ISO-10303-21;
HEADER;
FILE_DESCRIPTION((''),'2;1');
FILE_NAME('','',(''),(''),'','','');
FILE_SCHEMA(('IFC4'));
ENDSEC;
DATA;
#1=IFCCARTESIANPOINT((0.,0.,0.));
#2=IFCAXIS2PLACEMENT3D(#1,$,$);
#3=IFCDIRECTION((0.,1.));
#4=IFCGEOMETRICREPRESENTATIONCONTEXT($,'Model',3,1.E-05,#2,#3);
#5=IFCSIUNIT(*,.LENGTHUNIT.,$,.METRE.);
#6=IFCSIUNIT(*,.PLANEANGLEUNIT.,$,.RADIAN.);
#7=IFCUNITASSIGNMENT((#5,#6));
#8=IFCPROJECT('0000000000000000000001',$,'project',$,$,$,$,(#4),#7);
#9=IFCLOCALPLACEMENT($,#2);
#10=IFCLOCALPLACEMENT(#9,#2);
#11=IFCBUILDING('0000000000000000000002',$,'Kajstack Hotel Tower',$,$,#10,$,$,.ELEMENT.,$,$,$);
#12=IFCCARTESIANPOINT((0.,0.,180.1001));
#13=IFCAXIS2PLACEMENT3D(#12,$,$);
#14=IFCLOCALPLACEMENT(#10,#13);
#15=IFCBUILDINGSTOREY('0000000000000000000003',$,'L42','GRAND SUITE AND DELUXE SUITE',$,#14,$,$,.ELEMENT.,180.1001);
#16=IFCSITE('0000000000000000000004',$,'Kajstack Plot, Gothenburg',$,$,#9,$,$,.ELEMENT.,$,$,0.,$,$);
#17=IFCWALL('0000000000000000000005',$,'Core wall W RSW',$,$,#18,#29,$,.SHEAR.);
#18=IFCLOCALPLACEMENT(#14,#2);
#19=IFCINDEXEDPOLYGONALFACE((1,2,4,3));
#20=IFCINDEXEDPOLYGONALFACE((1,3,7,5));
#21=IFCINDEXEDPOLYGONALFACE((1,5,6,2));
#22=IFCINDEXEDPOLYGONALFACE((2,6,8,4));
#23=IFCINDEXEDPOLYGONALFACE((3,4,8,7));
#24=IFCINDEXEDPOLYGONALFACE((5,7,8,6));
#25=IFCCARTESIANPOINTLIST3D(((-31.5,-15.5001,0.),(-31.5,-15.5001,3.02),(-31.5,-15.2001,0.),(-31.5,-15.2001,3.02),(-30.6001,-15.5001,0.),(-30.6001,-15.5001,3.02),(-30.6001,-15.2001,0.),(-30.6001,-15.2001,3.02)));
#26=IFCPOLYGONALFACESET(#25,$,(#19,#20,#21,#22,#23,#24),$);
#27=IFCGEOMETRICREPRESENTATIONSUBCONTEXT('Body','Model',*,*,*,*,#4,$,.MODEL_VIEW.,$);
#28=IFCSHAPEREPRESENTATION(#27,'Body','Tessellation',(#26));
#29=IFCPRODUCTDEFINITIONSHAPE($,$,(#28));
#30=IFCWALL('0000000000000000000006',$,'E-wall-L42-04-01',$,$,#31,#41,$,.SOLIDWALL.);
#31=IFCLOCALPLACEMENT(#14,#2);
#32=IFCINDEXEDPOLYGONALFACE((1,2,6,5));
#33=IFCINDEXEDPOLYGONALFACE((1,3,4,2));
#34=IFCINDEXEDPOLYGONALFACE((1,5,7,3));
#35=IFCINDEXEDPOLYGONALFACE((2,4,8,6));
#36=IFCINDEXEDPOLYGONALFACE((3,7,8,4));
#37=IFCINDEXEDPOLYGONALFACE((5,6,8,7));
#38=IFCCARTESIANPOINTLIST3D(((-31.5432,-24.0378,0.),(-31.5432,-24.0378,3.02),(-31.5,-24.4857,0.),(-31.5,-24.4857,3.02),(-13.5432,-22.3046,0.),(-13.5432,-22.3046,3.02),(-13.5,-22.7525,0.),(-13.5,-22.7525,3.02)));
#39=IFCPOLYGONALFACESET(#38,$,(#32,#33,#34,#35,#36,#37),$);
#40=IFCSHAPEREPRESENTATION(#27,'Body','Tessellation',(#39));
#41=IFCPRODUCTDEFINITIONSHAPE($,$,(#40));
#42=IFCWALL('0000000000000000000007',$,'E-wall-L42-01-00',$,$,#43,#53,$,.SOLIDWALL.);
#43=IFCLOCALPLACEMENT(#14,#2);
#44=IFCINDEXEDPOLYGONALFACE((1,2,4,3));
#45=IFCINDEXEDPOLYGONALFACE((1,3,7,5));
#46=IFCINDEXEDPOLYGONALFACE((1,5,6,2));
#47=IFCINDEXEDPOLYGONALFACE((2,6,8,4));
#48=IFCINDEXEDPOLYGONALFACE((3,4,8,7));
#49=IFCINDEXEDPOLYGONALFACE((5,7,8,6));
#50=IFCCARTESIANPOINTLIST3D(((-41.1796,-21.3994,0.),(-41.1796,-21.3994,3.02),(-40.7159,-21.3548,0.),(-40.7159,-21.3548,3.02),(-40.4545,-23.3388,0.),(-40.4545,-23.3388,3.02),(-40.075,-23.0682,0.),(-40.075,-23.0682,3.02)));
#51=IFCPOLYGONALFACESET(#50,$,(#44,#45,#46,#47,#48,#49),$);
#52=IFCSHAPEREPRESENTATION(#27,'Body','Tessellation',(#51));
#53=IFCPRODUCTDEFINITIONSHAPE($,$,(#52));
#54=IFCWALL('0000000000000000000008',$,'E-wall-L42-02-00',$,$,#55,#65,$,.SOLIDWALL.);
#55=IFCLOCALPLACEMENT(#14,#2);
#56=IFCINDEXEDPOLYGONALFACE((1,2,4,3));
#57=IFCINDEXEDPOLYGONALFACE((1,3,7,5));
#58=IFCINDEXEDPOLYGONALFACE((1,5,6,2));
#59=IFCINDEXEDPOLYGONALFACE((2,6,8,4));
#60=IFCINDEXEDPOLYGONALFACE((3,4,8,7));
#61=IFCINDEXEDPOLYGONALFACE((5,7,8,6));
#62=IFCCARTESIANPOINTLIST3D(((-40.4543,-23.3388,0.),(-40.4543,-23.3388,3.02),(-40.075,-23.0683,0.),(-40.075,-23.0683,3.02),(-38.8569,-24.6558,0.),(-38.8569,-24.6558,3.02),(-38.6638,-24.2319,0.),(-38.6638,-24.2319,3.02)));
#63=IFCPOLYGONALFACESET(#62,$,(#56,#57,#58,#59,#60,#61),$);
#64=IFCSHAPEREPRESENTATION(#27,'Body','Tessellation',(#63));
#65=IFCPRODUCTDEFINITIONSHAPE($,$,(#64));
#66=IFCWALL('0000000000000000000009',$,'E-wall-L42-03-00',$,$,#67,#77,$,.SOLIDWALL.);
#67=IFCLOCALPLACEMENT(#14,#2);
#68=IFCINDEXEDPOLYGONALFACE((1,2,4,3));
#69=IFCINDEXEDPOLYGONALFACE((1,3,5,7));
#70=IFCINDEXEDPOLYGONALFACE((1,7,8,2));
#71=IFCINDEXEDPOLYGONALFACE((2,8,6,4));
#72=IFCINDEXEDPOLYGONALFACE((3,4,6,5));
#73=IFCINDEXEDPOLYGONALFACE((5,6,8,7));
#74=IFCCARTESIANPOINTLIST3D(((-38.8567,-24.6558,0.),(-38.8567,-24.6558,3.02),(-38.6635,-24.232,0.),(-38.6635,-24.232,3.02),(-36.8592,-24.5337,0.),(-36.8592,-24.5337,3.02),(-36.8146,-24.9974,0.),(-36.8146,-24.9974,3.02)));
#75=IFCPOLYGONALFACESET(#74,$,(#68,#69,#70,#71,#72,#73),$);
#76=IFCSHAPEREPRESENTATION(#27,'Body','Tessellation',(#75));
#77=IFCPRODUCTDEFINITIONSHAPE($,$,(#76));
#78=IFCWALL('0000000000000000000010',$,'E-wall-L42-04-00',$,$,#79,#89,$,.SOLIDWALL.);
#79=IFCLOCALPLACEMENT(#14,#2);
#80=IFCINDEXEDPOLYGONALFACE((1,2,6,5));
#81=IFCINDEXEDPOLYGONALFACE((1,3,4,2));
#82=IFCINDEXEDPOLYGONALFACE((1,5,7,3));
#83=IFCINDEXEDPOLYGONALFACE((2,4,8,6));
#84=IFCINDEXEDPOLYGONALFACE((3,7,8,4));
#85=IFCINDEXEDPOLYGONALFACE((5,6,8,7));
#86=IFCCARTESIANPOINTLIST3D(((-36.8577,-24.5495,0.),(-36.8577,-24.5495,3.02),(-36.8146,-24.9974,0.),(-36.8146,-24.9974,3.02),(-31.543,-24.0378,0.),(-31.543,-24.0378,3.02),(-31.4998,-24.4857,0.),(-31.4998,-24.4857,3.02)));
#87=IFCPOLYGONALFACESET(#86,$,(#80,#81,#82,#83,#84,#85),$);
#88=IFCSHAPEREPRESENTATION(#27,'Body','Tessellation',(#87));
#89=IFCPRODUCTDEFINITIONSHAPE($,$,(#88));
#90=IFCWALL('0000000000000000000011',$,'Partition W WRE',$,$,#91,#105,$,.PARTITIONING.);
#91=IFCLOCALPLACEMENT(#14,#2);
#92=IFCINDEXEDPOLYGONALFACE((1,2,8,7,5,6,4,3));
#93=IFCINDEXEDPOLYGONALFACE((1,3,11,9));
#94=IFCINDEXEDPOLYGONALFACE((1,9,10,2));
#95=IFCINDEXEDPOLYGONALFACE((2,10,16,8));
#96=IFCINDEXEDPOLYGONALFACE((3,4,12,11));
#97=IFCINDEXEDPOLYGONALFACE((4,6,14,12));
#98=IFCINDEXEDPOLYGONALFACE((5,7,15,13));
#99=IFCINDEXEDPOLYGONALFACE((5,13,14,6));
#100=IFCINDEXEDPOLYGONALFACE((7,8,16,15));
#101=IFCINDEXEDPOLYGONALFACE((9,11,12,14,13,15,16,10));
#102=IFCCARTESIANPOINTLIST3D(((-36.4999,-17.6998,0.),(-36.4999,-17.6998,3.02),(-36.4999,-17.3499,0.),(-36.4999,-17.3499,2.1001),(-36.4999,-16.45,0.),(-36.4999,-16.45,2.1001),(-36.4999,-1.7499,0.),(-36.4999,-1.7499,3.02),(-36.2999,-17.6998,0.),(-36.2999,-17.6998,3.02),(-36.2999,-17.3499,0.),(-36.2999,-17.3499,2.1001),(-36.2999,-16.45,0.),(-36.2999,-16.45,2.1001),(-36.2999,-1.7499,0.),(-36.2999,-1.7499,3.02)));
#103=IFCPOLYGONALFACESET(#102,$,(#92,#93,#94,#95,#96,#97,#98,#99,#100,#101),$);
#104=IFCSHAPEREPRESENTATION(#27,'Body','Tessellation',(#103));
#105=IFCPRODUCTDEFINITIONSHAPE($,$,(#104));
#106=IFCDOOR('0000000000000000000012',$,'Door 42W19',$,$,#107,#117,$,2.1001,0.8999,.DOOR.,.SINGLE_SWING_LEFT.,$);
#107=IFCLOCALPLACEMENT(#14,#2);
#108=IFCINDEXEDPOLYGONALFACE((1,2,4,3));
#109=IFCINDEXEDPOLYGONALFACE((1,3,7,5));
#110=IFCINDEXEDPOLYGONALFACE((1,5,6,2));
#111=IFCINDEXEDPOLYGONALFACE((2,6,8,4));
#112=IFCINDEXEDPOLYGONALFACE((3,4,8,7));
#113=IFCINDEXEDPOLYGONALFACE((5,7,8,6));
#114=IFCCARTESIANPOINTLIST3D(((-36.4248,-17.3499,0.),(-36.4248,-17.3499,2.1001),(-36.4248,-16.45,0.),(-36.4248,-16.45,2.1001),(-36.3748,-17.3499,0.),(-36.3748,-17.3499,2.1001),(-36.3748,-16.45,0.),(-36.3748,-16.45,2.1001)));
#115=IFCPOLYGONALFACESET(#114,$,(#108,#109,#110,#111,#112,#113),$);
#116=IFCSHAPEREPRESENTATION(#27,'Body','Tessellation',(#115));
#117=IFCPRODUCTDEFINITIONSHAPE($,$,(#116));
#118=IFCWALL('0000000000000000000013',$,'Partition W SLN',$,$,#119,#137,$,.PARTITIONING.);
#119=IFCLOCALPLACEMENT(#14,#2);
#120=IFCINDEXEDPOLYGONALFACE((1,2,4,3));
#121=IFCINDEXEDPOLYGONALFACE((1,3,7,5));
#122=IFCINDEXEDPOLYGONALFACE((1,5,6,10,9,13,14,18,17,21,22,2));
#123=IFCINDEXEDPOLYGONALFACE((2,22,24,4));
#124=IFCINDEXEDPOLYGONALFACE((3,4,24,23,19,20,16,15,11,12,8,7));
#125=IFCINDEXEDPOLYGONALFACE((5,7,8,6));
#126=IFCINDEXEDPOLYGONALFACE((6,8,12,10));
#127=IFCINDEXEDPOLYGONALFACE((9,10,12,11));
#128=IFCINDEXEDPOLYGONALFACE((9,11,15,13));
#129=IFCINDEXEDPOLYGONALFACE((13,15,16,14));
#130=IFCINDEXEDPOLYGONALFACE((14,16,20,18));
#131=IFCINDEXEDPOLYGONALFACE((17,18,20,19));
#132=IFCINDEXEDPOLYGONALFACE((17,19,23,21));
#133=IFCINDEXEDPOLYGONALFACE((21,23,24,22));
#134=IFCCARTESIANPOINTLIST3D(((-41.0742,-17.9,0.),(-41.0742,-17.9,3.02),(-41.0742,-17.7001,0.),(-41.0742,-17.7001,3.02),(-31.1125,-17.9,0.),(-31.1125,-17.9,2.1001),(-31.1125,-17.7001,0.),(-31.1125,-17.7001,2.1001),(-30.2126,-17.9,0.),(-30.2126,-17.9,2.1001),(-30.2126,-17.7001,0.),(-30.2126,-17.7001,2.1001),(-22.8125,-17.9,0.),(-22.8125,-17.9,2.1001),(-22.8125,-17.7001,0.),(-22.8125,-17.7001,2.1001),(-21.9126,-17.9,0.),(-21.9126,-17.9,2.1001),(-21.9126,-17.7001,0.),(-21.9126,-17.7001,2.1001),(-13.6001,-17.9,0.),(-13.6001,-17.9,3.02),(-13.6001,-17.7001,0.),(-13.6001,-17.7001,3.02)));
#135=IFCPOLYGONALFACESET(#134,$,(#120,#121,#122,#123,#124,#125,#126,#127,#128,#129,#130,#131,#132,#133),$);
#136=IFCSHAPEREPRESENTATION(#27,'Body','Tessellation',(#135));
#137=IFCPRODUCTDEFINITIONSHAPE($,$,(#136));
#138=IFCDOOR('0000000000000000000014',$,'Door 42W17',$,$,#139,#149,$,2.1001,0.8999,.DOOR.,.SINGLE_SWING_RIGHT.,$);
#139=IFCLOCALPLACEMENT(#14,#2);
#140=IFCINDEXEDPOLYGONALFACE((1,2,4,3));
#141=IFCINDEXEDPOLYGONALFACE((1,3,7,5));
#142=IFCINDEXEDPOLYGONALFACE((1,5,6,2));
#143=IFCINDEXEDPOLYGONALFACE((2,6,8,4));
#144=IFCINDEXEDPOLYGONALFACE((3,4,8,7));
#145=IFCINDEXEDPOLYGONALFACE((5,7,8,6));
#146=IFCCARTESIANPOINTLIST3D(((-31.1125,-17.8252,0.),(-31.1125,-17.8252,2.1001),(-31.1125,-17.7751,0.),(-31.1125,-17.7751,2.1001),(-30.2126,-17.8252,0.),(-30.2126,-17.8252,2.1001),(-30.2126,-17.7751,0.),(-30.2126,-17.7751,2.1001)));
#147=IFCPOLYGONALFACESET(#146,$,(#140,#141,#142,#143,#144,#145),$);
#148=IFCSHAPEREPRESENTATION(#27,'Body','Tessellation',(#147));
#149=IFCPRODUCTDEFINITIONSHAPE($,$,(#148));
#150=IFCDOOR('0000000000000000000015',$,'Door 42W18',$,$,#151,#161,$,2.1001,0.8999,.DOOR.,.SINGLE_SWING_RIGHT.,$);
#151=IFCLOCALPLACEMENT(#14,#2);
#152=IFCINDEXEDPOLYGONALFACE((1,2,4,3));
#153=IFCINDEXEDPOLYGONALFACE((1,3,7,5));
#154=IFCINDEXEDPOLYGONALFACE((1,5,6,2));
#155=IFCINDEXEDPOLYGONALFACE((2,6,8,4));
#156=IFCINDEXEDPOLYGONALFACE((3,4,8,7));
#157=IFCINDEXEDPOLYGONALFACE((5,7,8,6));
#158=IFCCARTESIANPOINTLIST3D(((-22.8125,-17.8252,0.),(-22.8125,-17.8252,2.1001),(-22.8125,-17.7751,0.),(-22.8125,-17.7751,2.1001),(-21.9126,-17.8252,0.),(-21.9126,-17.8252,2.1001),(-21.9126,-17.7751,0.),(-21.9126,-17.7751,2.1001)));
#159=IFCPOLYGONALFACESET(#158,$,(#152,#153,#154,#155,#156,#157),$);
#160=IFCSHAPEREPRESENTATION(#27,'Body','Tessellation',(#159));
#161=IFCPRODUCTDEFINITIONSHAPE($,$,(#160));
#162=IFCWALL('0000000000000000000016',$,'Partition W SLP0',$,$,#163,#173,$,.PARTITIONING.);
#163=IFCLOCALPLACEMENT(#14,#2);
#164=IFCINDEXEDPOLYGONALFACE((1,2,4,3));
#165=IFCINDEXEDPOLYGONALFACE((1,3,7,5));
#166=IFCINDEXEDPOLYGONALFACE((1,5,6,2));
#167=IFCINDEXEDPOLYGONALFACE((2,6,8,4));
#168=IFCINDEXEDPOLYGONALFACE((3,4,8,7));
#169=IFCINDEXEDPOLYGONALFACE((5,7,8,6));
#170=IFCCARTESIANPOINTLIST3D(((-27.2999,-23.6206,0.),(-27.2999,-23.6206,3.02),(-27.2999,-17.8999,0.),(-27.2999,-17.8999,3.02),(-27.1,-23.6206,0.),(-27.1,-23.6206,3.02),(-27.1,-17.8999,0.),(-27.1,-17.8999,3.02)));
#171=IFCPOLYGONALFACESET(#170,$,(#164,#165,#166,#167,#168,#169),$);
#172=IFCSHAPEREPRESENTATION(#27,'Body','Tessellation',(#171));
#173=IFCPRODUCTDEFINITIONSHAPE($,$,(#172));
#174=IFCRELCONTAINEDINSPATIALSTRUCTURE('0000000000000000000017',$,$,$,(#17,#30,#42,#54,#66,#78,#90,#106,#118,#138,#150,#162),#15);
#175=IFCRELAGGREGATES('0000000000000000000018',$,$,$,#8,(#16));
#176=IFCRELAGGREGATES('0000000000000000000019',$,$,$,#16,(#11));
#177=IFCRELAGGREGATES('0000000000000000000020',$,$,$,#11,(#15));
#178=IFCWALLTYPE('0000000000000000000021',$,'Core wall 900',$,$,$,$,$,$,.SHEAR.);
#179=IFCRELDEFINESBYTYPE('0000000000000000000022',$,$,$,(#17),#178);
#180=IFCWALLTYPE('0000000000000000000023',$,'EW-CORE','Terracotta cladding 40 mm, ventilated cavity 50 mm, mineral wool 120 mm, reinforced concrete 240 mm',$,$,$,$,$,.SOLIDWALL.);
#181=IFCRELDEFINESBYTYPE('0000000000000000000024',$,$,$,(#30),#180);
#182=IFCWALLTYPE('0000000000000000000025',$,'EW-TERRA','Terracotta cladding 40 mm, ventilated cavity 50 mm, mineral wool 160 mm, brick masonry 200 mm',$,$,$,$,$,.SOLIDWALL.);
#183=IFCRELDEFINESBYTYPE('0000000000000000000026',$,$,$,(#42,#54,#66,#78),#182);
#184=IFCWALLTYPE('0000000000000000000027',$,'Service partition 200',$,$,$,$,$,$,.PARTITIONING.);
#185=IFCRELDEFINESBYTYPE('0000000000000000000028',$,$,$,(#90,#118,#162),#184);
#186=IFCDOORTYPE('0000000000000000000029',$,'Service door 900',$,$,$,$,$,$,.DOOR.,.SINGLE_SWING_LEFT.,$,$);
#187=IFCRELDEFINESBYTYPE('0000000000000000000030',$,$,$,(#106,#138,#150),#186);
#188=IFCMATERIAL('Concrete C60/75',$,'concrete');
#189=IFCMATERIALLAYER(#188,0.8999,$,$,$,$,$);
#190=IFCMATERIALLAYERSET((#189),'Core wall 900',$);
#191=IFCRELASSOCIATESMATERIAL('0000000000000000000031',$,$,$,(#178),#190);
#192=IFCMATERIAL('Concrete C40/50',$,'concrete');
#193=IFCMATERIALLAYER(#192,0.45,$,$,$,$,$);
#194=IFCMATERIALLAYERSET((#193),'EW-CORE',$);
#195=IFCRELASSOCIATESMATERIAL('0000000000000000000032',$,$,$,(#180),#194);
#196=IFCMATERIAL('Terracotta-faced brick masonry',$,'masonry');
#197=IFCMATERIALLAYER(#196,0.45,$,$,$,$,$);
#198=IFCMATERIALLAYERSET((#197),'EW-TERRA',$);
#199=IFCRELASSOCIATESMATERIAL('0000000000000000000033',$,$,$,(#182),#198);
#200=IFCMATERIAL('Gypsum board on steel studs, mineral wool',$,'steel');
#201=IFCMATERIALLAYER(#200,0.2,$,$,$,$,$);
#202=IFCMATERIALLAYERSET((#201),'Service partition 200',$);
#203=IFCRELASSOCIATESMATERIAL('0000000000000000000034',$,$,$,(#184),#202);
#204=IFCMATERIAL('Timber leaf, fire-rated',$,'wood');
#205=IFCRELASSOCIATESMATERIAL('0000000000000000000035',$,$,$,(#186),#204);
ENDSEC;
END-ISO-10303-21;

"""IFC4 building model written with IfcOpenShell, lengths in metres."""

from ifc_helpers import new_model, si_unit, direction, frame, frame_2d, origin, place, context, subcontext, project, spatial, polyline, rectangle, outline, extrude, material, layer, layer_set, type_object, element, fill, save


model = new_model("IFC4")

# Units and contexts
model_context = context("Model", 3, precision=1e-05, world=origin(), true_north=direction((0.0, 1.0)))
body_context = subcontext(model_context, "Body", "Model", "MODEL_VIEW")
ifc_project = project(units=[si_unit("LENGTHUNIT", "METRE"), si_unit("PLANEANGLEUNIT", "RADIAN")], contexts=[model_context])

# Site, building, storey
site_placement = place(None, origin())
site = spatial("IfcSite", under=ifc_project, at=site_placement, Name="Kajstack Plot, Gothenburg", CompositionType="ELEMENT", RefElevation=0.0)
building_placement = place(site_placement, origin())
building = spatial("IfcBuilding", under=site, at=building_placement, Name="Kajstack Hotel Tower", CompositionType="ELEMENT")
storey_placement = place(building_placement, frame((0.0, 0.0, 180.1001)))
storey = spatial("IfcBuildingStorey", under=building, at=storey_placement, Name="L42", Description="GRAND SUITE AND DELUXE SUITE", CompositionType="ELEMENT", Elevation=180.1001)

# Walls
ifc_material_1 = material(Name="Concrete C60/75", Category="concrete")
ifc_layer_1 = layer(ifc_material_1, 0.8999)
ifc_layer_set_1 = layer_set([ifc_layer_1], Name="Core wall 900")
wall_type_1 = type_object("IfcWallType", Name="Core wall 900", PredefinedType="SHEAR", material=ifc_layer_set_1)
wall_1_placement = place(storey_placement, frame((-31.5, -15.3501, 0.0), z_axis=(0.0, 0.0, 1.0), x_axis=(1.0, 0.0, 0.0)))
element("IfcWall", 1, at=wall_1_placement, inside=storey, type_object=wall_type_1, Name="Core wall W RSW", PredefinedType="SHEAR", context=body_context, shape_type="SweptSolid", body=[
    extrude(rectangle(XDim=0.8999, YDim=0.3, at=frame_2d((0.45, 0.0))), origin(), (0.0, 0.0, 1.0), 3.02),
])
ifc_material_2 = material(Name="Concrete C40/50", Category="concrete")
ifc_layer_2 = layer(ifc_material_2, 0.45)
ifc_layer_set_2 = layer_set([ifc_layer_2], Name="EW-CORE")
wall_type_2 = type_object("IfcWallType", Name="EW-CORE", Description="Terracotta cladding 40 mm, ventilated cavity 50 mm, mineral wool 120 mm, reinforced concrete 240 mm", PredefinedType="SOLIDWALL", material=ifc_layer_set_2)
wall_2_placement = place(storey_placement, frame((-31.5215, -24.2617, 0.0), z_axis=(0.0, 0.0, 1.0), x_axis=(0.995396, 0.095843, 0.0)))
element("IfcWall", 2, at=wall_2_placement, inside=storey, type_object=wall_type_2, Name="E-wall-L42-04-01", PredefinedType="SOLIDWALL", context=body_context, shape_type="SweptSolid", body=[
    extrude(rectangle(XDim=18.0833, YDim=0.45, at=frame_2d((9.0415, 0.0))), origin(), (0.0, 0.0, 1.0), 3.02),
])
ifc_material_3 = material(Name="Terracotta-faced brick masonry", Category="masonry")
ifc_layer_3 = layer(ifc_material_3, 0.45)
ifc_layer_set_3 = layer_set([ifc_layer_3], Name="EW-TERRA")
wall_type_3 = type_object("IfcWallType", Name="EW-TERRA", Description="Terracotta cladding 40 mm, ventilated cavity 50 mm, mineral wool 160 mm, brick masonry 200 mm", PredefinedType="SOLIDWALL", material=ifc_layer_set_3)
wall_3_placement = place(storey_placement, frame((-40.9688, -21.3206, 0.0), z_axis=(0.0, 0.0, 1.0), x_axis=(0.350193, -0.936678, 0.0)))
element("IfcWall", 3, at=wall_3_placement, inside=storey, type_object=wall_type_3, Name="E-wall-L42-01-00", PredefinedType="SOLIDWALL", context=body_context, shape_type="SweptSolid", body=[
    extrude(outline(polyline([(0.0, -0.2251), (2.0706, -0.2251), (1.95, 0.2251), (0.1206, 0.2249), (0.0, -0.2251)])), origin(), (0.0, 0.0, 1.0), 3.02),
])
wall_4_placement = place(storey_placement, frame((-40.3113, -23.1653, 0.0), z_axis=(0.0, 0.0, 1.0), x_axis=(0.771651, -0.636046, 0.0)))
element("IfcWall", 4, at=wall_4_placement, inside=storey, type_object=wall_type_3, Name="E-wall-L42-02-00", PredefinedType="SOLIDWALL", context=body_context, shape_type="SweptSolid", body=[
    extrude(outline(polyline([(0.0, -0.2249), (2.0703, -0.2251), (1.9497, 0.2249), (0.1206, 0.2251), (0.0, -0.2249)])), origin(), (0.0, 0.0, 1.0), 3.02),
])
wall_5_placement = place(storey_placement, frame((-38.8196, -24.4338, 0.0), z_axis=(0.0, 0.0, 1.0), x_axis=(0.986279, -0.165087, 0.0)))
element("IfcWall", 5, at=wall_5_placement, inside=storey, type_object=wall_type_3, Name="E-wall-L42-03-00", PredefinedType="SOLIDWALL", context=body_context, shape_type="SweptSolid", body=[
    extrude(outline(polyline([(0.0, -0.2251), (2.0706, -0.2249), (1.95, 0.2251), (0.1206, 0.2249), (0.0, -0.2251)])), origin(), (0.0, 0.0, 1.0), 3.02),
])
wall_6_placement = place(storey_placement, frame((-36.8362, -24.7734, 0.0), z_axis=(0.0, 0.0, 1.0), x_axis=(0.995397, 0.09584, 0.0)))
element("IfcWall", 6, at=wall_6_placement, inside=storey, type_object=wall_type_3, Name="E-wall-L42-04-00", PredefinedType="SOLIDWALL", context=body_context, shape_type="SweptSolid", body=[
    extrude(rectangle(XDim=5.3394, YDim=0.45, at=frame_2d((2.6697, 0.0))), origin(), (0.0, 0.0, 1.0), 3.02),
])

# Wall, opening, door
ifc_material_4 = material(Name="Gypsum board on steel studs, mineral wool", Category="steel")
ifc_layer_4 = layer(ifc_material_4, 0.2)
ifc_layer_set_4 = layer_set([ifc_layer_4], Name="Service partition 200")
wall_type_4 = type_object("IfcWallType", Name="Service partition 200", PredefinedType="PARTITIONING", material=ifc_layer_set_4)
wall_7_placement = place(storey_placement, frame((-36.3999, -17.7, 0.0), z_axis=(0.0, 0.0, 1.0), x_axis=(0.0, 1.0, 0.0)))
wall_7 = element("IfcWall", 7, at=wall_7_placement, inside=storey, type_object=wall_type_4, Name="Partition W WRE", PredefinedType="PARTITIONING", context=body_context, shape_type="SweptSolid", body=[
    extrude(rectangle(XDim=15.95, YDim=0.2, at=frame_2d((7.9751, 0.0))), origin(), (0.0, 0.0, 1.0), 3.02),
])
opening_1_placement = place(wall_7_placement, frame((0.3501, 0.0, 0.0)))
opening_1 = element("IfcOpeningElement", 8, at=opening_1_placement, cuts=wall_7, PredefinedType="OPENING", context=body_context, shape_type="SweptSolid", body=[
    extrude(rectangle(XDim=0.8999, YDim=2.1001, at=frame_2d((0.45, 1.05))), frame((0.0, 0.1099, 0.0), z_axis=(0.0, -1.0, 0.0), x_axis=(1.0, 0.0, 0.0)), (0.0, 0.0, 1.0), 0.22),
])
ifc_material_5 = material(Name="Timber leaf, fire-rated", Category="wood")
door_type_1 = type_object("IfcDoorType", Name="Service door 900", OperationType="SINGLE_SWING_LEFT", PredefinedType="DOOR", material=ifc_material_5)
door_1_placement = place(opening_1_placement, origin())
door_1 = element("IfcDoor", 9, at=door_1_placement, inside=storey, type_object=door_type_1, Name="Door 42W19", OperationType="SINGLE_SWING_LEFT", OverallHeight=2.1001, OverallWidth=0.8999, PredefinedType="DOOR", context=body_context, shape_type="SweptSolid", body=[
    extrude(rectangle(XDim=0.8999, YDim=2.1001, at=frame_2d((0.45, 1.05))), frame((0.0, 0.0249, 0.0), z_axis=(0.0, -1.0, 0.0), x_axis=(1.0, 0.0, 0.0)), (0.0, 0.0, 1.0), 0.05),
])
fill(opening_1, door_1)

# Wall, openings, doors
wall_8_placement = place(storey_placement, frame((-41.0742, -17.8, 0.0), z_axis=(0.0, 0.0, 1.0), x_axis=(1.0, 0.0, 0.0)))
wall_8 = element("IfcWall", 10, at=wall_8_placement, inside=storey, type_object=wall_type_4, Name="Partition W SLN", PredefinedType="PARTITIONING", context=body_context, shape_type="SweptSolid", body=[
    extrude(rectangle(XDim=27.4741, YDim=0.2, at=frame_2d((13.7371, 0.0))), origin(), (0.0, 0.0, 1.0), 3.02),
])
opening_2_placement = place(wall_8_placement, frame((9.9617, 0.0, 0.0)))
opening_2 = element("IfcOpeningElement", 11, at=opening_2_placement, cuts=wall_8, PredefinedType="OPENING", context=body_context, shape_type="SweptSolid", body=[
    extrude(rectangle(XDim=0.8999, YDim=2.1001, at=frame_2d((0.45, 1.05))), frame((0.0, 0.1099, 0.0), z_axis=(0.0, -1.0, 0.0), x_axis=(1.0, 0.0, 0.0)), (0.0, 0.0, 1.0), 0.22),
])
opening_3_placement = place(wall_8_placement, frame((18.2617, 0.0, 0.0)))
opening_3 = element("IfcOpeningElement", 12, at=opening_3_placement, cuts=wall_8, PredefinedType="OPENING", context=body_context, shape_type="SweptSolid", body=[
    extrude(rectangle(XDim=0.8999, YDim=2.1001, at=frame_2d((0.45, 1.05))), frame((0.0, 0.1099, 0.0), z_axis=(0.0, -1.0, 0.0), x_axis=(1.0, 0.0, 0.0)), (0.0, 0.0, 1.0), 0.22),
])
door_2_placement = place(opening_2_placement, origin())
door_2 = element("IfcDoor", 13, at=door_2_placement, inside=storey, type_object=door_type_1, Name="Door 42W17", OperationType="SINGLE_SWING_RIGHT", OverallHeight=2.1001, OverallWidth=0.8999, PredefinedType="DOOR", context=body_context, shape_type="SweptSolid", body=[
    extrude(rectangle(XDim=0.8999, YDim=2.1001, at=frame_2d((0.45, 1.05))), frame((0.0, 0.0249, 0.0), z_axis=(0.0, -1.0, 0.0), x_axis=(1.0, 0.0, 0.0)), (0.0, 0.0, 1.0), 0.05),
])
fill(opening_2, door_2)
door_3_placement = place(opening_3_placement, origin())
door_3 = element("IfcDoor", 14, at=door_3_placement, inside=storey, type_object=door_type_1, Name="Door 42W18", OperationType="SINGLE_SWING_RIGHT", OverallHeight=2.1001, OverallWidth=0.8999, PredefinedType="DOOR", context=body_context, shape_type="SweptSolid", body=[
    extrude(rectangle(XDim=0.8999, YDim=2.1001, at=frame_2d((0.45, 1.05))), frame((0.0, 0.0249, 0.0), z_axis=(0.0, -1.0, 0.0), x_axis=(1.0, 0.0, 0.0)), (0.0, 0.0, 1.0), 0.05),
])
fill(opening_3, door_3)

# Wall
wall_9_placement = place(storey_placement, frame((-27.2, -23.6206, 0.0), z_axis=(0.0, 0.0, 1.0), x_axis=(0.0, 1.0, 0.0)))
element("IfcWall", 15, at=wall_9_placement, inside=storey, type_object=wall_type_4, Name="Partition W SLP0", PredefinedType="PARTITIONING", context=body_context, shape_type="SweptSolid", body=[
    extrude(rectangle(XDim=5.7207, YDim=0.2, at=frame_2d((2.8604, 0.0))), origin(), (0.0, 0.0, 1.0), 3.02),
])

save(model, "model.ifc")
